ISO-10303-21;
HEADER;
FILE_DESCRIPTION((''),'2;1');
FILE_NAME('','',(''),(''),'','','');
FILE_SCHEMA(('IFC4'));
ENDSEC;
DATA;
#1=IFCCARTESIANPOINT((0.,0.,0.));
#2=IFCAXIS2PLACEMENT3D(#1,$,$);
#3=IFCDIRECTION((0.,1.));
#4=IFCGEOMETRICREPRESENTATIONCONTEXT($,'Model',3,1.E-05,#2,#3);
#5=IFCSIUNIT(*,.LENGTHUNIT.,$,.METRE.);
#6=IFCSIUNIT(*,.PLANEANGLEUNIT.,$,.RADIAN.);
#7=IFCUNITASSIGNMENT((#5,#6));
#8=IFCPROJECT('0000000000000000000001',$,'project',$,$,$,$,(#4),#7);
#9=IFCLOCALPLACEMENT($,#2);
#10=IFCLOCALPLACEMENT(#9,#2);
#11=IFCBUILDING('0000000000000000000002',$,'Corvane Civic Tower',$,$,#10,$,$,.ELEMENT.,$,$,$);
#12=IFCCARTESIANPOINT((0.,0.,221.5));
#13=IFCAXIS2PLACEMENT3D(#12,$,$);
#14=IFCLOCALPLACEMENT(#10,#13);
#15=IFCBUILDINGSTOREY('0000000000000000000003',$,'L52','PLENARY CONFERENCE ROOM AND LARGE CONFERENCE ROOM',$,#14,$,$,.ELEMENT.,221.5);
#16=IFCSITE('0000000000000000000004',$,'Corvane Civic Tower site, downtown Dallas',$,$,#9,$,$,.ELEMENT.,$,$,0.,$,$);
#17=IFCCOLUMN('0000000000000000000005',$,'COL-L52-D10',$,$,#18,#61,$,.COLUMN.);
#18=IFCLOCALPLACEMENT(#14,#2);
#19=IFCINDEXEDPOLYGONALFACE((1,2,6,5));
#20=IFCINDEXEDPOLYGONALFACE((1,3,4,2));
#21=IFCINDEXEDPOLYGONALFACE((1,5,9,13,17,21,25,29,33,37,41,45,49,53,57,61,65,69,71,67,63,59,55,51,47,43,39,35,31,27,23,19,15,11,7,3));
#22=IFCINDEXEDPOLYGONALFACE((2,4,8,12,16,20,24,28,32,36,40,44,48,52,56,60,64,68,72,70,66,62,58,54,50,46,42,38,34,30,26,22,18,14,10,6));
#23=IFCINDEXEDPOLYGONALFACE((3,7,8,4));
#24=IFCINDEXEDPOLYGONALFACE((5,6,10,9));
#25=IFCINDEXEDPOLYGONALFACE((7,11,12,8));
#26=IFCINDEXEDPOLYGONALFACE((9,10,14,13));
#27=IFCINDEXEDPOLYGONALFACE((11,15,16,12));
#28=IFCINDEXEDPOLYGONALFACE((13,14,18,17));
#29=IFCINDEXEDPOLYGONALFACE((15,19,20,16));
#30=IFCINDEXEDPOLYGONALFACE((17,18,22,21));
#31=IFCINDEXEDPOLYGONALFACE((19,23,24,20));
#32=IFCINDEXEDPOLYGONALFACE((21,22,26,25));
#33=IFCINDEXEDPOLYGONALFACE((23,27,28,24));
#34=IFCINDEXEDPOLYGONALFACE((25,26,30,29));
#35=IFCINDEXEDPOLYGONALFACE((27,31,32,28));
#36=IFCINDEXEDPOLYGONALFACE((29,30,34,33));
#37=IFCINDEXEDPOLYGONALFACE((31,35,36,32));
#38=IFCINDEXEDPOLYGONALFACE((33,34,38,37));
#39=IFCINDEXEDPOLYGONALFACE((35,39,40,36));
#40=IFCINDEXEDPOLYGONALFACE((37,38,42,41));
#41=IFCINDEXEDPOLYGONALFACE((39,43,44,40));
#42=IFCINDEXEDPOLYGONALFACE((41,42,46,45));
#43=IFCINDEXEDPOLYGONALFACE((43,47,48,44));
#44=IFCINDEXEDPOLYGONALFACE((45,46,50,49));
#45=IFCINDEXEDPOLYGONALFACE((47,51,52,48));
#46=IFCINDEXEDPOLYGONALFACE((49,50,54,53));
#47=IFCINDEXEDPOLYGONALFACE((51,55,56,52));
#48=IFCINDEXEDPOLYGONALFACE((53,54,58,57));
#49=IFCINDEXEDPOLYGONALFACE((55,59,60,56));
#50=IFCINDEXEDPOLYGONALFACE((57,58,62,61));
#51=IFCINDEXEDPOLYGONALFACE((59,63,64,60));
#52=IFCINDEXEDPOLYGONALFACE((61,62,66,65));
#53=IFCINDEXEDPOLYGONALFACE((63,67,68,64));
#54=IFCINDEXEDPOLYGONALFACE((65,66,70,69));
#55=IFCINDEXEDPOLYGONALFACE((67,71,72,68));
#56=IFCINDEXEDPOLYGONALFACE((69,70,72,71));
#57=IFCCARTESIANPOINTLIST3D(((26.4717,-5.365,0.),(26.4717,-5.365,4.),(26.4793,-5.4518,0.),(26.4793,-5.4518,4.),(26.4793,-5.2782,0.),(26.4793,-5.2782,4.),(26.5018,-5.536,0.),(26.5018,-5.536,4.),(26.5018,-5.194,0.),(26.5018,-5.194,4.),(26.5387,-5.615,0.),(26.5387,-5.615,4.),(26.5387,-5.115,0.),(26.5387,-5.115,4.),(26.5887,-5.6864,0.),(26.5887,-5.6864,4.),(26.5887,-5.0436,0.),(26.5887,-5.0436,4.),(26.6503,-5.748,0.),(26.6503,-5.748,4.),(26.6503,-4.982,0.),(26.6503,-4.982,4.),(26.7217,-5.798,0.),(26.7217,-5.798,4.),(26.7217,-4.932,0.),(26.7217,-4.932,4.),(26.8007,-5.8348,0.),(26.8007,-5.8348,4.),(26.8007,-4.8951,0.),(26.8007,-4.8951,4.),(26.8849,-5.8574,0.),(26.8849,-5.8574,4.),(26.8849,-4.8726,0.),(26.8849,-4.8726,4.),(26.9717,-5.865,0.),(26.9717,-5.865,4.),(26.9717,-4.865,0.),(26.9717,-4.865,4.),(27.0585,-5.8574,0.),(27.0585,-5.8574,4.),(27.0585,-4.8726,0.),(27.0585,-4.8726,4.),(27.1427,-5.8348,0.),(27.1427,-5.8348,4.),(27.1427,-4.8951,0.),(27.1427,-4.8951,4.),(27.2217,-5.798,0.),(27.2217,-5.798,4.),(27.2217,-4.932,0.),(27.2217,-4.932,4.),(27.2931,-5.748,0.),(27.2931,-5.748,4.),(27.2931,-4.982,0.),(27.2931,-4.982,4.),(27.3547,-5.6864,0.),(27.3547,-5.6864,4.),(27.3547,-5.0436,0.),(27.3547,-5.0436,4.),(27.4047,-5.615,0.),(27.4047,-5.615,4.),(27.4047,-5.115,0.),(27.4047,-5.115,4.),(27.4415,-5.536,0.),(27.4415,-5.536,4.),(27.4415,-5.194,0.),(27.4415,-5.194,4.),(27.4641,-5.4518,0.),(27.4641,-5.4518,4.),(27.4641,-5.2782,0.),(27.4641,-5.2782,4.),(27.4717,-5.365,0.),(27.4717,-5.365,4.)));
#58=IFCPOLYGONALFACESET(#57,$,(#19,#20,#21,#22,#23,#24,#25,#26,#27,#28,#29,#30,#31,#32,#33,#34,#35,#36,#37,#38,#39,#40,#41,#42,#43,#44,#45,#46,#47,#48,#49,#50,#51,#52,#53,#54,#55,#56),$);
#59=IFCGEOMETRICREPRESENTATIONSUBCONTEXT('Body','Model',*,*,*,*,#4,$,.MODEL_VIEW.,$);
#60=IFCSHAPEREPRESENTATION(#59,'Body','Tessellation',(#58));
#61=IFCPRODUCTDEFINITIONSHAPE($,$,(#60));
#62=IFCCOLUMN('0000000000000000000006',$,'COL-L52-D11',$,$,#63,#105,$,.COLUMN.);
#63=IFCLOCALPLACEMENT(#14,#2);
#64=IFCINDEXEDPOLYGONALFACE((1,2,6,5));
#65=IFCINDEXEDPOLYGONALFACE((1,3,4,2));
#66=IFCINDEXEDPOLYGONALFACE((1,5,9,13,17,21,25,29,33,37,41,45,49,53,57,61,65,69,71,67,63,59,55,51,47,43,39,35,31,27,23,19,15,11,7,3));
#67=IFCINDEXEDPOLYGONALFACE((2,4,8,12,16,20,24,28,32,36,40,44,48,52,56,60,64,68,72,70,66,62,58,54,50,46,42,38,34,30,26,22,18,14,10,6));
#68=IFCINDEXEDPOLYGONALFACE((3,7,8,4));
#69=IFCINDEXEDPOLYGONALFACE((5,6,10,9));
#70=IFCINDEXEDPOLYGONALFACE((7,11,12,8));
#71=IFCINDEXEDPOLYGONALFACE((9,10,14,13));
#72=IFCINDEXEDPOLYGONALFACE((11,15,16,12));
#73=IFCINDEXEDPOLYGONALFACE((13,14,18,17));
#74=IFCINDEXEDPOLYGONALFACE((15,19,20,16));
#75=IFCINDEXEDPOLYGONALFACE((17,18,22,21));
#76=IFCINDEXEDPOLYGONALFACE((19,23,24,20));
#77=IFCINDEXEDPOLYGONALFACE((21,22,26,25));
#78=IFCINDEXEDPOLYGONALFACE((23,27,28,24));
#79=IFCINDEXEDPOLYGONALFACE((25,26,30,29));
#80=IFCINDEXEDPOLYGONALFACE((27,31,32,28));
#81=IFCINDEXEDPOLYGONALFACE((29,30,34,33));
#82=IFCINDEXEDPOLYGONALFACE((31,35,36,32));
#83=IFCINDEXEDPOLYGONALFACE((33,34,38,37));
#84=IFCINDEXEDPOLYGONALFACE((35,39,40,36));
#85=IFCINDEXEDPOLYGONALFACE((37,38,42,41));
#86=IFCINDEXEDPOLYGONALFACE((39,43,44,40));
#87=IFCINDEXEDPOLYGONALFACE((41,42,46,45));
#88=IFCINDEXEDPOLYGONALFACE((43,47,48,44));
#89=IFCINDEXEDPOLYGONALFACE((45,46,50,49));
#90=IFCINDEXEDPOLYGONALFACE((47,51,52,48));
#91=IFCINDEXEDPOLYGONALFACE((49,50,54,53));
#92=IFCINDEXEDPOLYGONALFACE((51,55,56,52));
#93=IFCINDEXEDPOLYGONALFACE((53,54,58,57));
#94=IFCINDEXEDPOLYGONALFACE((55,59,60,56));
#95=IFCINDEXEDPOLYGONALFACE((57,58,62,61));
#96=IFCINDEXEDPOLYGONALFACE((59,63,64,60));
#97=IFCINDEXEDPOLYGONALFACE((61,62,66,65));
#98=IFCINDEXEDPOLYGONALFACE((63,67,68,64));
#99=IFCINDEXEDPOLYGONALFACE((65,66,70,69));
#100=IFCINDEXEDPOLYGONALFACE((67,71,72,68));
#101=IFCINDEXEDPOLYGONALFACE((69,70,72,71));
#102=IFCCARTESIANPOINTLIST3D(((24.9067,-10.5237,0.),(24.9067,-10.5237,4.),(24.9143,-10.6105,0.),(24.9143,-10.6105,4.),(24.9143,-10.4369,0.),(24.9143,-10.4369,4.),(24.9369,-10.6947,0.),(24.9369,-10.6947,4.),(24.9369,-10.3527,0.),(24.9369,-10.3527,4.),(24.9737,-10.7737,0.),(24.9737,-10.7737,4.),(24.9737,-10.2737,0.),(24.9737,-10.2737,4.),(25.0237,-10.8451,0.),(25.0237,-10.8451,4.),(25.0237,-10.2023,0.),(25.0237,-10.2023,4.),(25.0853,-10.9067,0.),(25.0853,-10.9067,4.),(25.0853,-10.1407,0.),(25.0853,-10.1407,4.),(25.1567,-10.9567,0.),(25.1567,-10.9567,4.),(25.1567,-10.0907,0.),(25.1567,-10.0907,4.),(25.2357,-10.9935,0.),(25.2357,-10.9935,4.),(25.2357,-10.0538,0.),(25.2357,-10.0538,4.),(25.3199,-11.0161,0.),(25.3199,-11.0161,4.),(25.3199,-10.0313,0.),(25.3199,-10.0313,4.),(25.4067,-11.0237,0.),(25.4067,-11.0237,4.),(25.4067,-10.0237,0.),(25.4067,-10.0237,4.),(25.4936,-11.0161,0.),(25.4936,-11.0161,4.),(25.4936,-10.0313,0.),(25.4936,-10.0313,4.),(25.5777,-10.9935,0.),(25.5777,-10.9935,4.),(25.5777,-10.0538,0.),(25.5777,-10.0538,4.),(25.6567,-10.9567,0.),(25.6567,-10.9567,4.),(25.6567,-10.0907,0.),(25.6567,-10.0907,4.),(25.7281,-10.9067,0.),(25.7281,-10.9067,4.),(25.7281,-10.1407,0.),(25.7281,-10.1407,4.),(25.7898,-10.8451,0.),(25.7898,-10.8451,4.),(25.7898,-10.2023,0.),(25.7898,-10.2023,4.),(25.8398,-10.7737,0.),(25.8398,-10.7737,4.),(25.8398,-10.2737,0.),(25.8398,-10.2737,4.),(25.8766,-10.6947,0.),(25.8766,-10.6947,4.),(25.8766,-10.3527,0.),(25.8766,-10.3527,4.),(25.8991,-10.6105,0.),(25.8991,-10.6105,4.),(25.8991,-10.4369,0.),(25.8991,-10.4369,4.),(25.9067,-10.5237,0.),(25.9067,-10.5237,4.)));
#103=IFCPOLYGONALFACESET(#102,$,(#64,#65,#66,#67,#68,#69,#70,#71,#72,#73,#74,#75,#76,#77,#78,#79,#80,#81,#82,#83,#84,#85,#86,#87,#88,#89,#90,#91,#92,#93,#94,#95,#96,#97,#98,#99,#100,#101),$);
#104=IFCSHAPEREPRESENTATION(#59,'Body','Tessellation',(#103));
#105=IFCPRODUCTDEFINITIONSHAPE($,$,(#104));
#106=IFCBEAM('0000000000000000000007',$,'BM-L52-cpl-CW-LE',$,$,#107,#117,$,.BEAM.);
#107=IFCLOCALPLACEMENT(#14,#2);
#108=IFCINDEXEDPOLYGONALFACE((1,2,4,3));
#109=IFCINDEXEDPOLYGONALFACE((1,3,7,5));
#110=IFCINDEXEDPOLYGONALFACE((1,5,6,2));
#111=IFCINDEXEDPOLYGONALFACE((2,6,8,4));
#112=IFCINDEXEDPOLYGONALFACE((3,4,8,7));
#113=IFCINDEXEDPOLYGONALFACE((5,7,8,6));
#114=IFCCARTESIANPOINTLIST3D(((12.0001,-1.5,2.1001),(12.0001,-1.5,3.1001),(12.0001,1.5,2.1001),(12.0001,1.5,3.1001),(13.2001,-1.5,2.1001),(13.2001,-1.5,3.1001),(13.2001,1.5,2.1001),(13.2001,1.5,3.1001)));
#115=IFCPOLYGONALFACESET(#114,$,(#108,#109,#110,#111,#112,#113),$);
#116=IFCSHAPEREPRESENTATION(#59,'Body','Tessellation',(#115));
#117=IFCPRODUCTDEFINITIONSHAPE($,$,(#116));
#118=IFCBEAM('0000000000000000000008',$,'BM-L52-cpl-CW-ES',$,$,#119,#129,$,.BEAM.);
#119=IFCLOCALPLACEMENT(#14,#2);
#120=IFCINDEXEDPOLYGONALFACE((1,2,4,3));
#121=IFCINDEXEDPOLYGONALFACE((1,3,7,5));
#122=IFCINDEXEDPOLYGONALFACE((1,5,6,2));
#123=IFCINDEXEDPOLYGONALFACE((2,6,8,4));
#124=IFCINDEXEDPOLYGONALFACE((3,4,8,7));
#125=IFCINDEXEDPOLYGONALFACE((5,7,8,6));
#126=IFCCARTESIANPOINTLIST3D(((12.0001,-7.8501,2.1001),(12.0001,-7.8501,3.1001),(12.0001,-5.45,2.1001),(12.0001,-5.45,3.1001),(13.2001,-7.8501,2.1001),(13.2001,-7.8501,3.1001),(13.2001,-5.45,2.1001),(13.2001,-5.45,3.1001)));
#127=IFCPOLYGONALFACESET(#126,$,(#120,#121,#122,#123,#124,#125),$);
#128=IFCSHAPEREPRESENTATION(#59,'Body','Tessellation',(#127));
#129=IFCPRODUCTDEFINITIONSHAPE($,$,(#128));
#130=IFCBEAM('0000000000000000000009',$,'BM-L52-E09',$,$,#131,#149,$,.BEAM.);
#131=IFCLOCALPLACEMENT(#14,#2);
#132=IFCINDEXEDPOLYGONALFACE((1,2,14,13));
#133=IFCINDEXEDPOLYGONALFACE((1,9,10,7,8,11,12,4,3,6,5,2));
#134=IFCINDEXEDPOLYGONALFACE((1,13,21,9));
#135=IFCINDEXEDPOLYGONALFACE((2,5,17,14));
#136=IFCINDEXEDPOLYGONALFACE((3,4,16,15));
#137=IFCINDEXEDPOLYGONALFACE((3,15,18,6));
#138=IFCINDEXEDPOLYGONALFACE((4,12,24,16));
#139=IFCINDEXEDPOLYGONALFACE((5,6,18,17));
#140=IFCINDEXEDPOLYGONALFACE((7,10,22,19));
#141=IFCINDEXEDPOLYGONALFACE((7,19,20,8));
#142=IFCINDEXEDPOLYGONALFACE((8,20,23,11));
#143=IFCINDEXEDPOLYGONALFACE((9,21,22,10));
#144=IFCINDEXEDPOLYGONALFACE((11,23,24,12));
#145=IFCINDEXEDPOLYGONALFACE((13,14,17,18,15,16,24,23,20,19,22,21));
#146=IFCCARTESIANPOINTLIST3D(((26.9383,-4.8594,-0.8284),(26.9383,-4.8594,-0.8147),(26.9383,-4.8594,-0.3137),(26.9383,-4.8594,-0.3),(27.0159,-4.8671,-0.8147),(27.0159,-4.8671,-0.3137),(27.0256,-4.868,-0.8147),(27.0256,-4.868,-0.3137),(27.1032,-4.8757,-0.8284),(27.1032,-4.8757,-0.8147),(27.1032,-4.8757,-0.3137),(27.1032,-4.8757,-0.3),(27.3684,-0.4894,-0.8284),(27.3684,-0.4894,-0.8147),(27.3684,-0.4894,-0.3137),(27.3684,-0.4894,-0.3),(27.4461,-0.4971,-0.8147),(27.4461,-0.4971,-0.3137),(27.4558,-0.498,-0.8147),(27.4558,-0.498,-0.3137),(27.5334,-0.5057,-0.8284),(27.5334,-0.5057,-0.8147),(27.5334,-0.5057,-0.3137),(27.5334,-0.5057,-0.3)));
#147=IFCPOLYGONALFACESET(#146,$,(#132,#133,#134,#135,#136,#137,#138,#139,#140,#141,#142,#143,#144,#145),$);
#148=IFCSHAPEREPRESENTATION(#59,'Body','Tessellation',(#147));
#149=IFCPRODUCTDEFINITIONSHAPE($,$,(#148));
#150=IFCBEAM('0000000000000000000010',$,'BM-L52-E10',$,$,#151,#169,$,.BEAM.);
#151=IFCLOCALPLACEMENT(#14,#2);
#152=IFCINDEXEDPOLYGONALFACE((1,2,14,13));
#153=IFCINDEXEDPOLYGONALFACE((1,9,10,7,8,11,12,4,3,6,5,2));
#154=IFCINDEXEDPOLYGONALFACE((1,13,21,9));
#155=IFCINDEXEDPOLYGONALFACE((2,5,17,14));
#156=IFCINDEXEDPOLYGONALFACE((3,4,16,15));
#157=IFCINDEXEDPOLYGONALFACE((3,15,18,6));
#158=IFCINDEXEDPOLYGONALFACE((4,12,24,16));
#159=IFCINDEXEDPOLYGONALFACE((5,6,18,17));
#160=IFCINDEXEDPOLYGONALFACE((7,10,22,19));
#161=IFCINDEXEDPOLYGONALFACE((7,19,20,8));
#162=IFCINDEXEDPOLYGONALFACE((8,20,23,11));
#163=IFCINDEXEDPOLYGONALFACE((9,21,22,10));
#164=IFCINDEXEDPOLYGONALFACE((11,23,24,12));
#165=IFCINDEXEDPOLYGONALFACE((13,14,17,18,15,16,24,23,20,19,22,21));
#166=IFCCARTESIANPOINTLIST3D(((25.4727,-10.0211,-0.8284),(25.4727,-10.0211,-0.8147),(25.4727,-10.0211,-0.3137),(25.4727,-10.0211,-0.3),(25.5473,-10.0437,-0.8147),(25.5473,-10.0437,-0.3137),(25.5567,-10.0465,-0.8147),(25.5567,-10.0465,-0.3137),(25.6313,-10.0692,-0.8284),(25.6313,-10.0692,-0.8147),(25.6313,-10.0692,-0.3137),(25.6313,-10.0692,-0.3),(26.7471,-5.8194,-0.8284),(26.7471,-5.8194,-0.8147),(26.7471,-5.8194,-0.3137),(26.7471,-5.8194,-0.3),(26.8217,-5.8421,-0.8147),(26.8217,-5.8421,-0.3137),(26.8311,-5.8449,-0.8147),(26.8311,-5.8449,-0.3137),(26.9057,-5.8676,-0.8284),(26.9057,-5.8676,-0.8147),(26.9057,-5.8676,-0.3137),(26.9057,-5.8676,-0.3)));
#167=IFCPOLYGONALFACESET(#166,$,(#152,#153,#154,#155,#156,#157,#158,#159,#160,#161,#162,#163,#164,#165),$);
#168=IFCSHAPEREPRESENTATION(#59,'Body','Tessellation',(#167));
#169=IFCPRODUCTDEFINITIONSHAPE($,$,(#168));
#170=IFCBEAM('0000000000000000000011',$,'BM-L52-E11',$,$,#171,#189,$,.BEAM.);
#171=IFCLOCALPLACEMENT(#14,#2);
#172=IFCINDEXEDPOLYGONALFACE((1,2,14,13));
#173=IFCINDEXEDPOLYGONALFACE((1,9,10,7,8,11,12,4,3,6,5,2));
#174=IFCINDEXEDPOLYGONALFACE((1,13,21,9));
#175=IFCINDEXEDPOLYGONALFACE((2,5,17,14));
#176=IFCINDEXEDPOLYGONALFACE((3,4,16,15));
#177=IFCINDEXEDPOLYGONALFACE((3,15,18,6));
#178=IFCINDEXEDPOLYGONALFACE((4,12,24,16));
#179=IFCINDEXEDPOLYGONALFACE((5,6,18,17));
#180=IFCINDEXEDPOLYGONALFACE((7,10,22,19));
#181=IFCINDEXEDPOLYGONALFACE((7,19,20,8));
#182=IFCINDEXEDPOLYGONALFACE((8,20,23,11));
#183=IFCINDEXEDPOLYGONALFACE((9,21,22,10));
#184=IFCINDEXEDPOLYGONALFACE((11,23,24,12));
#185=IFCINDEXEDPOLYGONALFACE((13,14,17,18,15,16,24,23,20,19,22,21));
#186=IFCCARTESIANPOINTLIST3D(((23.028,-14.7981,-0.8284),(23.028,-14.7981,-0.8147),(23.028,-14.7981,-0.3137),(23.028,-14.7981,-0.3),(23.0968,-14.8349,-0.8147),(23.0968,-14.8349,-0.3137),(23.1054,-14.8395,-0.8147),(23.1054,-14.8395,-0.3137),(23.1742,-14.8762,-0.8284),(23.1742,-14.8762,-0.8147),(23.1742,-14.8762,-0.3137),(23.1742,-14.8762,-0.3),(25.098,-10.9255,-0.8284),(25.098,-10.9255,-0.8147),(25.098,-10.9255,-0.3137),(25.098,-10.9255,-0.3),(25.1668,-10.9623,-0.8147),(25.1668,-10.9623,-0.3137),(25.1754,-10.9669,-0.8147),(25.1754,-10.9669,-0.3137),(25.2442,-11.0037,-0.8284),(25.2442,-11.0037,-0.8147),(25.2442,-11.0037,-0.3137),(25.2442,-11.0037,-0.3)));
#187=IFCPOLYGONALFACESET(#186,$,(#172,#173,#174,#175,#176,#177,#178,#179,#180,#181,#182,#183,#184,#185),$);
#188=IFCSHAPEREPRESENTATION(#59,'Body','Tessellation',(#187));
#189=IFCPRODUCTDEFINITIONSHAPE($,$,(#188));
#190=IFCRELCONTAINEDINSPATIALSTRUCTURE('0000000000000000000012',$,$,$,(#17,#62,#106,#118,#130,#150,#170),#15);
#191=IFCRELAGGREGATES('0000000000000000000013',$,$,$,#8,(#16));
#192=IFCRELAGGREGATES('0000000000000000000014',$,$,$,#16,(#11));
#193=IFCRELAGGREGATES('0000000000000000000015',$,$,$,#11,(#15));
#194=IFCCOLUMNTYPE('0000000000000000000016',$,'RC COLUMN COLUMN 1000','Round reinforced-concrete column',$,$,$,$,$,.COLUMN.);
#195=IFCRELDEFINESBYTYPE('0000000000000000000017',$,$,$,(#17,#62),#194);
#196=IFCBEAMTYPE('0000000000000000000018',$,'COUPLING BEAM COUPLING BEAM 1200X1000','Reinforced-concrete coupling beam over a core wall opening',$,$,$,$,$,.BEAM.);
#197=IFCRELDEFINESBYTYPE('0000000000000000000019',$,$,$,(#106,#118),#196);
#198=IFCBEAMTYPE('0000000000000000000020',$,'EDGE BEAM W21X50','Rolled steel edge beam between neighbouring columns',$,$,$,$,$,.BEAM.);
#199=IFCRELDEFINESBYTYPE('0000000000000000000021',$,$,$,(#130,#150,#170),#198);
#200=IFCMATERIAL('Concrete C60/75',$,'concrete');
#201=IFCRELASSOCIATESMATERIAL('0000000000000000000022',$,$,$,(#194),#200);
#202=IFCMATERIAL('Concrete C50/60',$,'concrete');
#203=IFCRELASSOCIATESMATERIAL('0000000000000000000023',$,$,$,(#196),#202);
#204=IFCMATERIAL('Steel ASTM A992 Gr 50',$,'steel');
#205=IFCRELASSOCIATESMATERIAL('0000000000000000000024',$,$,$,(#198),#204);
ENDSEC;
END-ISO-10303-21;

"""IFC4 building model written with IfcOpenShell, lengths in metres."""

from ifc_helpers import new_model, si_unit, direction, frame, origin, origin_2d, place, context, subcontext, project, spatial, rectangle, circle, i_section, extrude, material, material_profile, profile_set, type_object, element, save


model = new_model("IFC4")

# Units and contexts
model_context = context("Model", 3, precision=1e-05, world=origin(), true_north=direction((0.0, 1.0)))
body_context = subcontext(model_context, "Body", "Model", "MODEL_VIEW")
ifc_project = project(units=[si_unit("LENGTHUNIT", "METRE"), si_unit("PLANEANGLEUNIT", "RADIAN")], contexts=[model_context])

# Site, building, storey
site_placement = place(None, origin())
site = spatial("IfcSite", under=ifc_project, at=site_placement, Name="Corvane Civic Tower site, downtown Dallas", CompositionType="ELEMENT", RefElevation=0.0)
building_placement = place(site_placement, origin())
building = spatial("IfcBuilding", under=site, at=building_placement, Name="Corvane Civic Tower", CompositionType="ELEMENT")
storey_placement = place(building_placement, frame((0.0, 0.0, 221.5)))
storey = spatial("IfcBuildingStorey", under=building, at=storey_placement, Name="L52", Description="PLENARY CONFERENCE ROOM AND LARGE CONFERENCE ROOM", CompositionType="ELEMENT", Elevation=221.5)

# Columns
ifc_material_1 = material(Name="Concrete C60/75", Category="concrete")
ifc_material_profile_1 = material_profile(ifc_material_1, circle(Radius=0.5, at=origin_2d()), Name="COLUMN 1000")
ifc_profile_set_1 = profile_set([ifc_material_profile_1], Name="Concrete C60/75")
column_type = type_object("IfcColumnType", Name="RC COLUMN COLUMN 1000", Description="Round reinforced-concrete column", PredefinedType="COLUMN", material=ifc_profile_set_1)
for number, where, z_axis, x_axis, name in (
    (1, (26.9717, -5.365, 0.0), (0.0, 0.0, 1.0), (1.0, 0.0, 0.0), "COL-L52-D10"),
    (2, (25.4067, -10.5237, 0.0), (0.0, 0.0, 1.0), (1.0, 0.0, 0.0), "COL-L52-D11"),
):
    element("IfcColumn", number, at=place(storey_placement, frame(where, z_axis=z_axis, x_axis=x_axis)), inside=storey, type_object=column_type, Name=name, PredefinedType="COLUMN", context=body_context, shape_type="SweptSolid", body=[
        extrude(circle(Radius=0.5, at=origin_2d()), origin(), (0.0, 0.0, 1.0), 4.0),
    ])

# Beams
ifc_material_2 = material(Name="Concrete C50/60", Category="concrete")
ifc_material_profile_2 = material_profile(ifc_material_2, rectangle(XDim=1.2, YDim=1.0, at=origin_2d()), Name="COUPLING BEAM 1200X1000")
ifc_profile_set_2 = profile_set([ifc_material_profile_2], Name="Concrete C50/60")
beam_type_1 = type_object("IfcBeamType", Name="COUPLING BEAM COUPLING BEAM 1200X1000", Description="Reinforced-concrete coupling beam over a core wall opening", PredefinedType="BEAM", material=ifc_profile_set_2)
beam_1_placement = place(storey_placement, frame((12.6001, -1.5, 2.6001), z_axis=(0.0, 1.0, 0.0), x_axis=(-1.0, 0.0, 0.0)))
element("IfcBeam", 3, at=beam_1_placement, inside=storey, type_object=beam_type_1, Name="BM-L52-cpl-CW-LE", PredefinedType="BEAM", context=body_context, shape_type="SweptSolid", body=[
    extrude(rectangle(XDim=1.2, YDim=1.0, at=origin_2d()), origin(), (0.0, 0.0, 1.0), 3.0),
])
beam_2_placement = place(storey_placement, frame((12.6001, -7.8501, 2.6001), z_axis=(0.0, 1.0, 0.0), x_axis=(-1.0, 0.0, 0.0)))
element("IfcBeam", 4, at=beam_2_placement, inside=storey, type_object=beam_type_1, Name="BM-L52-cpl-CW-ES", PredefinedType="BEAM", context=body_context, shape_type="SweptSolid", body=[
    extrude(rectangle(XDim=1.2, YDim=1.0, at=origin_2d()), origin(), (0.0, 0.0, 1.0), 2.4001),
])
ifc_material_3 = material(Name="Steel ASTM A992 Gr 50", Category="steel")
ifc_material_profile_3 = material_profile(ifc_material_3, i_section(OverallWidth=0.1658, OverallDepth=0.5283, WebThickness=0.0098, FlangeThickness=0.0137, at=origin_2d()), Name="W21X50")
ifc_profile_set_3 = profile_set([ifc_material_profile_3], Name="Steel ASTM A992 Gr 50")
beam_type_2 = type_object("IfcBeamType", Name="EDGE BEAM W21X50", Description="Rolled steel edge beam between neighbouring columns", PredefinedType="BEAM", material=ifc_profile_set_3)
beam_3_placement = place(storey_placement, frame((27.4509, -0.4976, -0.5642), z_axis=(-0.097968, -0.99519, 0.0), x_axis=(0.99519, -0.097968, 0.0)))
element("IfcBeam", 5, at=beam_3_placement, inside=storey, type_object=beam_type_2, Name="BM-L52-E09", PredefinedType="BEAM", context=body_context, shape_type="SweptSolid", body=[
    extrude(i_section(OverallWidth=0.1658, OverallDepth=0.5283, WebThickness=0.0098, FlangeThickness=0.0137, at=origin_2d()), origin(), (0.0, 0.0, 1.0), 4.3911),
])
beam_4_placement = place(storey_placement, frame((26.8264, -5.8435, -0.5642), z_axis=(-0.290254, -0.95695, 0.0), x_axis=(0.95695, -0.290254, 0.0)))
element("IfcBeam", 6, at=beam_4_placement, inside=storey, type_object=beam_type_2, Name="BM-L52-E10", PredefinedType="BEAM", context=body_context, shape_type="SweptSolid", body=[
    extrude(i_section(OverallWidth=0.1658, OverallDepth=0.5283, WebThickness=0.0098, FlangeThickness=0.0137, at=origin_2d()), origin(), (0.0, 0.0, 1.0), 4.3906),
])
beam_5_placement = place(storey_placement, frame((25.1711, -10.9646, -0.5642), z_axis=(-0.471422, -0.881908, 0.0), x_axis=(0.881908, -0.471422, 0.0)))
element("IfcBeam", 7, at=beam_5_placement, inside=storey, type_object=beam_type_2, Name="BM-L52-E11", PredefinedType="BEAM", context=body_context, shape_type="SweptSolid", body=[
    extrude(i_section(OverallWidth=0.1658, OverallDepth=0.5283, WebThickness=0.0098, FlangeThickness=0.0137, at=origin_2d()), origin(), (0.0, 0.0, 1.0), 4.3911),
])

save(model, "model.ifc")
